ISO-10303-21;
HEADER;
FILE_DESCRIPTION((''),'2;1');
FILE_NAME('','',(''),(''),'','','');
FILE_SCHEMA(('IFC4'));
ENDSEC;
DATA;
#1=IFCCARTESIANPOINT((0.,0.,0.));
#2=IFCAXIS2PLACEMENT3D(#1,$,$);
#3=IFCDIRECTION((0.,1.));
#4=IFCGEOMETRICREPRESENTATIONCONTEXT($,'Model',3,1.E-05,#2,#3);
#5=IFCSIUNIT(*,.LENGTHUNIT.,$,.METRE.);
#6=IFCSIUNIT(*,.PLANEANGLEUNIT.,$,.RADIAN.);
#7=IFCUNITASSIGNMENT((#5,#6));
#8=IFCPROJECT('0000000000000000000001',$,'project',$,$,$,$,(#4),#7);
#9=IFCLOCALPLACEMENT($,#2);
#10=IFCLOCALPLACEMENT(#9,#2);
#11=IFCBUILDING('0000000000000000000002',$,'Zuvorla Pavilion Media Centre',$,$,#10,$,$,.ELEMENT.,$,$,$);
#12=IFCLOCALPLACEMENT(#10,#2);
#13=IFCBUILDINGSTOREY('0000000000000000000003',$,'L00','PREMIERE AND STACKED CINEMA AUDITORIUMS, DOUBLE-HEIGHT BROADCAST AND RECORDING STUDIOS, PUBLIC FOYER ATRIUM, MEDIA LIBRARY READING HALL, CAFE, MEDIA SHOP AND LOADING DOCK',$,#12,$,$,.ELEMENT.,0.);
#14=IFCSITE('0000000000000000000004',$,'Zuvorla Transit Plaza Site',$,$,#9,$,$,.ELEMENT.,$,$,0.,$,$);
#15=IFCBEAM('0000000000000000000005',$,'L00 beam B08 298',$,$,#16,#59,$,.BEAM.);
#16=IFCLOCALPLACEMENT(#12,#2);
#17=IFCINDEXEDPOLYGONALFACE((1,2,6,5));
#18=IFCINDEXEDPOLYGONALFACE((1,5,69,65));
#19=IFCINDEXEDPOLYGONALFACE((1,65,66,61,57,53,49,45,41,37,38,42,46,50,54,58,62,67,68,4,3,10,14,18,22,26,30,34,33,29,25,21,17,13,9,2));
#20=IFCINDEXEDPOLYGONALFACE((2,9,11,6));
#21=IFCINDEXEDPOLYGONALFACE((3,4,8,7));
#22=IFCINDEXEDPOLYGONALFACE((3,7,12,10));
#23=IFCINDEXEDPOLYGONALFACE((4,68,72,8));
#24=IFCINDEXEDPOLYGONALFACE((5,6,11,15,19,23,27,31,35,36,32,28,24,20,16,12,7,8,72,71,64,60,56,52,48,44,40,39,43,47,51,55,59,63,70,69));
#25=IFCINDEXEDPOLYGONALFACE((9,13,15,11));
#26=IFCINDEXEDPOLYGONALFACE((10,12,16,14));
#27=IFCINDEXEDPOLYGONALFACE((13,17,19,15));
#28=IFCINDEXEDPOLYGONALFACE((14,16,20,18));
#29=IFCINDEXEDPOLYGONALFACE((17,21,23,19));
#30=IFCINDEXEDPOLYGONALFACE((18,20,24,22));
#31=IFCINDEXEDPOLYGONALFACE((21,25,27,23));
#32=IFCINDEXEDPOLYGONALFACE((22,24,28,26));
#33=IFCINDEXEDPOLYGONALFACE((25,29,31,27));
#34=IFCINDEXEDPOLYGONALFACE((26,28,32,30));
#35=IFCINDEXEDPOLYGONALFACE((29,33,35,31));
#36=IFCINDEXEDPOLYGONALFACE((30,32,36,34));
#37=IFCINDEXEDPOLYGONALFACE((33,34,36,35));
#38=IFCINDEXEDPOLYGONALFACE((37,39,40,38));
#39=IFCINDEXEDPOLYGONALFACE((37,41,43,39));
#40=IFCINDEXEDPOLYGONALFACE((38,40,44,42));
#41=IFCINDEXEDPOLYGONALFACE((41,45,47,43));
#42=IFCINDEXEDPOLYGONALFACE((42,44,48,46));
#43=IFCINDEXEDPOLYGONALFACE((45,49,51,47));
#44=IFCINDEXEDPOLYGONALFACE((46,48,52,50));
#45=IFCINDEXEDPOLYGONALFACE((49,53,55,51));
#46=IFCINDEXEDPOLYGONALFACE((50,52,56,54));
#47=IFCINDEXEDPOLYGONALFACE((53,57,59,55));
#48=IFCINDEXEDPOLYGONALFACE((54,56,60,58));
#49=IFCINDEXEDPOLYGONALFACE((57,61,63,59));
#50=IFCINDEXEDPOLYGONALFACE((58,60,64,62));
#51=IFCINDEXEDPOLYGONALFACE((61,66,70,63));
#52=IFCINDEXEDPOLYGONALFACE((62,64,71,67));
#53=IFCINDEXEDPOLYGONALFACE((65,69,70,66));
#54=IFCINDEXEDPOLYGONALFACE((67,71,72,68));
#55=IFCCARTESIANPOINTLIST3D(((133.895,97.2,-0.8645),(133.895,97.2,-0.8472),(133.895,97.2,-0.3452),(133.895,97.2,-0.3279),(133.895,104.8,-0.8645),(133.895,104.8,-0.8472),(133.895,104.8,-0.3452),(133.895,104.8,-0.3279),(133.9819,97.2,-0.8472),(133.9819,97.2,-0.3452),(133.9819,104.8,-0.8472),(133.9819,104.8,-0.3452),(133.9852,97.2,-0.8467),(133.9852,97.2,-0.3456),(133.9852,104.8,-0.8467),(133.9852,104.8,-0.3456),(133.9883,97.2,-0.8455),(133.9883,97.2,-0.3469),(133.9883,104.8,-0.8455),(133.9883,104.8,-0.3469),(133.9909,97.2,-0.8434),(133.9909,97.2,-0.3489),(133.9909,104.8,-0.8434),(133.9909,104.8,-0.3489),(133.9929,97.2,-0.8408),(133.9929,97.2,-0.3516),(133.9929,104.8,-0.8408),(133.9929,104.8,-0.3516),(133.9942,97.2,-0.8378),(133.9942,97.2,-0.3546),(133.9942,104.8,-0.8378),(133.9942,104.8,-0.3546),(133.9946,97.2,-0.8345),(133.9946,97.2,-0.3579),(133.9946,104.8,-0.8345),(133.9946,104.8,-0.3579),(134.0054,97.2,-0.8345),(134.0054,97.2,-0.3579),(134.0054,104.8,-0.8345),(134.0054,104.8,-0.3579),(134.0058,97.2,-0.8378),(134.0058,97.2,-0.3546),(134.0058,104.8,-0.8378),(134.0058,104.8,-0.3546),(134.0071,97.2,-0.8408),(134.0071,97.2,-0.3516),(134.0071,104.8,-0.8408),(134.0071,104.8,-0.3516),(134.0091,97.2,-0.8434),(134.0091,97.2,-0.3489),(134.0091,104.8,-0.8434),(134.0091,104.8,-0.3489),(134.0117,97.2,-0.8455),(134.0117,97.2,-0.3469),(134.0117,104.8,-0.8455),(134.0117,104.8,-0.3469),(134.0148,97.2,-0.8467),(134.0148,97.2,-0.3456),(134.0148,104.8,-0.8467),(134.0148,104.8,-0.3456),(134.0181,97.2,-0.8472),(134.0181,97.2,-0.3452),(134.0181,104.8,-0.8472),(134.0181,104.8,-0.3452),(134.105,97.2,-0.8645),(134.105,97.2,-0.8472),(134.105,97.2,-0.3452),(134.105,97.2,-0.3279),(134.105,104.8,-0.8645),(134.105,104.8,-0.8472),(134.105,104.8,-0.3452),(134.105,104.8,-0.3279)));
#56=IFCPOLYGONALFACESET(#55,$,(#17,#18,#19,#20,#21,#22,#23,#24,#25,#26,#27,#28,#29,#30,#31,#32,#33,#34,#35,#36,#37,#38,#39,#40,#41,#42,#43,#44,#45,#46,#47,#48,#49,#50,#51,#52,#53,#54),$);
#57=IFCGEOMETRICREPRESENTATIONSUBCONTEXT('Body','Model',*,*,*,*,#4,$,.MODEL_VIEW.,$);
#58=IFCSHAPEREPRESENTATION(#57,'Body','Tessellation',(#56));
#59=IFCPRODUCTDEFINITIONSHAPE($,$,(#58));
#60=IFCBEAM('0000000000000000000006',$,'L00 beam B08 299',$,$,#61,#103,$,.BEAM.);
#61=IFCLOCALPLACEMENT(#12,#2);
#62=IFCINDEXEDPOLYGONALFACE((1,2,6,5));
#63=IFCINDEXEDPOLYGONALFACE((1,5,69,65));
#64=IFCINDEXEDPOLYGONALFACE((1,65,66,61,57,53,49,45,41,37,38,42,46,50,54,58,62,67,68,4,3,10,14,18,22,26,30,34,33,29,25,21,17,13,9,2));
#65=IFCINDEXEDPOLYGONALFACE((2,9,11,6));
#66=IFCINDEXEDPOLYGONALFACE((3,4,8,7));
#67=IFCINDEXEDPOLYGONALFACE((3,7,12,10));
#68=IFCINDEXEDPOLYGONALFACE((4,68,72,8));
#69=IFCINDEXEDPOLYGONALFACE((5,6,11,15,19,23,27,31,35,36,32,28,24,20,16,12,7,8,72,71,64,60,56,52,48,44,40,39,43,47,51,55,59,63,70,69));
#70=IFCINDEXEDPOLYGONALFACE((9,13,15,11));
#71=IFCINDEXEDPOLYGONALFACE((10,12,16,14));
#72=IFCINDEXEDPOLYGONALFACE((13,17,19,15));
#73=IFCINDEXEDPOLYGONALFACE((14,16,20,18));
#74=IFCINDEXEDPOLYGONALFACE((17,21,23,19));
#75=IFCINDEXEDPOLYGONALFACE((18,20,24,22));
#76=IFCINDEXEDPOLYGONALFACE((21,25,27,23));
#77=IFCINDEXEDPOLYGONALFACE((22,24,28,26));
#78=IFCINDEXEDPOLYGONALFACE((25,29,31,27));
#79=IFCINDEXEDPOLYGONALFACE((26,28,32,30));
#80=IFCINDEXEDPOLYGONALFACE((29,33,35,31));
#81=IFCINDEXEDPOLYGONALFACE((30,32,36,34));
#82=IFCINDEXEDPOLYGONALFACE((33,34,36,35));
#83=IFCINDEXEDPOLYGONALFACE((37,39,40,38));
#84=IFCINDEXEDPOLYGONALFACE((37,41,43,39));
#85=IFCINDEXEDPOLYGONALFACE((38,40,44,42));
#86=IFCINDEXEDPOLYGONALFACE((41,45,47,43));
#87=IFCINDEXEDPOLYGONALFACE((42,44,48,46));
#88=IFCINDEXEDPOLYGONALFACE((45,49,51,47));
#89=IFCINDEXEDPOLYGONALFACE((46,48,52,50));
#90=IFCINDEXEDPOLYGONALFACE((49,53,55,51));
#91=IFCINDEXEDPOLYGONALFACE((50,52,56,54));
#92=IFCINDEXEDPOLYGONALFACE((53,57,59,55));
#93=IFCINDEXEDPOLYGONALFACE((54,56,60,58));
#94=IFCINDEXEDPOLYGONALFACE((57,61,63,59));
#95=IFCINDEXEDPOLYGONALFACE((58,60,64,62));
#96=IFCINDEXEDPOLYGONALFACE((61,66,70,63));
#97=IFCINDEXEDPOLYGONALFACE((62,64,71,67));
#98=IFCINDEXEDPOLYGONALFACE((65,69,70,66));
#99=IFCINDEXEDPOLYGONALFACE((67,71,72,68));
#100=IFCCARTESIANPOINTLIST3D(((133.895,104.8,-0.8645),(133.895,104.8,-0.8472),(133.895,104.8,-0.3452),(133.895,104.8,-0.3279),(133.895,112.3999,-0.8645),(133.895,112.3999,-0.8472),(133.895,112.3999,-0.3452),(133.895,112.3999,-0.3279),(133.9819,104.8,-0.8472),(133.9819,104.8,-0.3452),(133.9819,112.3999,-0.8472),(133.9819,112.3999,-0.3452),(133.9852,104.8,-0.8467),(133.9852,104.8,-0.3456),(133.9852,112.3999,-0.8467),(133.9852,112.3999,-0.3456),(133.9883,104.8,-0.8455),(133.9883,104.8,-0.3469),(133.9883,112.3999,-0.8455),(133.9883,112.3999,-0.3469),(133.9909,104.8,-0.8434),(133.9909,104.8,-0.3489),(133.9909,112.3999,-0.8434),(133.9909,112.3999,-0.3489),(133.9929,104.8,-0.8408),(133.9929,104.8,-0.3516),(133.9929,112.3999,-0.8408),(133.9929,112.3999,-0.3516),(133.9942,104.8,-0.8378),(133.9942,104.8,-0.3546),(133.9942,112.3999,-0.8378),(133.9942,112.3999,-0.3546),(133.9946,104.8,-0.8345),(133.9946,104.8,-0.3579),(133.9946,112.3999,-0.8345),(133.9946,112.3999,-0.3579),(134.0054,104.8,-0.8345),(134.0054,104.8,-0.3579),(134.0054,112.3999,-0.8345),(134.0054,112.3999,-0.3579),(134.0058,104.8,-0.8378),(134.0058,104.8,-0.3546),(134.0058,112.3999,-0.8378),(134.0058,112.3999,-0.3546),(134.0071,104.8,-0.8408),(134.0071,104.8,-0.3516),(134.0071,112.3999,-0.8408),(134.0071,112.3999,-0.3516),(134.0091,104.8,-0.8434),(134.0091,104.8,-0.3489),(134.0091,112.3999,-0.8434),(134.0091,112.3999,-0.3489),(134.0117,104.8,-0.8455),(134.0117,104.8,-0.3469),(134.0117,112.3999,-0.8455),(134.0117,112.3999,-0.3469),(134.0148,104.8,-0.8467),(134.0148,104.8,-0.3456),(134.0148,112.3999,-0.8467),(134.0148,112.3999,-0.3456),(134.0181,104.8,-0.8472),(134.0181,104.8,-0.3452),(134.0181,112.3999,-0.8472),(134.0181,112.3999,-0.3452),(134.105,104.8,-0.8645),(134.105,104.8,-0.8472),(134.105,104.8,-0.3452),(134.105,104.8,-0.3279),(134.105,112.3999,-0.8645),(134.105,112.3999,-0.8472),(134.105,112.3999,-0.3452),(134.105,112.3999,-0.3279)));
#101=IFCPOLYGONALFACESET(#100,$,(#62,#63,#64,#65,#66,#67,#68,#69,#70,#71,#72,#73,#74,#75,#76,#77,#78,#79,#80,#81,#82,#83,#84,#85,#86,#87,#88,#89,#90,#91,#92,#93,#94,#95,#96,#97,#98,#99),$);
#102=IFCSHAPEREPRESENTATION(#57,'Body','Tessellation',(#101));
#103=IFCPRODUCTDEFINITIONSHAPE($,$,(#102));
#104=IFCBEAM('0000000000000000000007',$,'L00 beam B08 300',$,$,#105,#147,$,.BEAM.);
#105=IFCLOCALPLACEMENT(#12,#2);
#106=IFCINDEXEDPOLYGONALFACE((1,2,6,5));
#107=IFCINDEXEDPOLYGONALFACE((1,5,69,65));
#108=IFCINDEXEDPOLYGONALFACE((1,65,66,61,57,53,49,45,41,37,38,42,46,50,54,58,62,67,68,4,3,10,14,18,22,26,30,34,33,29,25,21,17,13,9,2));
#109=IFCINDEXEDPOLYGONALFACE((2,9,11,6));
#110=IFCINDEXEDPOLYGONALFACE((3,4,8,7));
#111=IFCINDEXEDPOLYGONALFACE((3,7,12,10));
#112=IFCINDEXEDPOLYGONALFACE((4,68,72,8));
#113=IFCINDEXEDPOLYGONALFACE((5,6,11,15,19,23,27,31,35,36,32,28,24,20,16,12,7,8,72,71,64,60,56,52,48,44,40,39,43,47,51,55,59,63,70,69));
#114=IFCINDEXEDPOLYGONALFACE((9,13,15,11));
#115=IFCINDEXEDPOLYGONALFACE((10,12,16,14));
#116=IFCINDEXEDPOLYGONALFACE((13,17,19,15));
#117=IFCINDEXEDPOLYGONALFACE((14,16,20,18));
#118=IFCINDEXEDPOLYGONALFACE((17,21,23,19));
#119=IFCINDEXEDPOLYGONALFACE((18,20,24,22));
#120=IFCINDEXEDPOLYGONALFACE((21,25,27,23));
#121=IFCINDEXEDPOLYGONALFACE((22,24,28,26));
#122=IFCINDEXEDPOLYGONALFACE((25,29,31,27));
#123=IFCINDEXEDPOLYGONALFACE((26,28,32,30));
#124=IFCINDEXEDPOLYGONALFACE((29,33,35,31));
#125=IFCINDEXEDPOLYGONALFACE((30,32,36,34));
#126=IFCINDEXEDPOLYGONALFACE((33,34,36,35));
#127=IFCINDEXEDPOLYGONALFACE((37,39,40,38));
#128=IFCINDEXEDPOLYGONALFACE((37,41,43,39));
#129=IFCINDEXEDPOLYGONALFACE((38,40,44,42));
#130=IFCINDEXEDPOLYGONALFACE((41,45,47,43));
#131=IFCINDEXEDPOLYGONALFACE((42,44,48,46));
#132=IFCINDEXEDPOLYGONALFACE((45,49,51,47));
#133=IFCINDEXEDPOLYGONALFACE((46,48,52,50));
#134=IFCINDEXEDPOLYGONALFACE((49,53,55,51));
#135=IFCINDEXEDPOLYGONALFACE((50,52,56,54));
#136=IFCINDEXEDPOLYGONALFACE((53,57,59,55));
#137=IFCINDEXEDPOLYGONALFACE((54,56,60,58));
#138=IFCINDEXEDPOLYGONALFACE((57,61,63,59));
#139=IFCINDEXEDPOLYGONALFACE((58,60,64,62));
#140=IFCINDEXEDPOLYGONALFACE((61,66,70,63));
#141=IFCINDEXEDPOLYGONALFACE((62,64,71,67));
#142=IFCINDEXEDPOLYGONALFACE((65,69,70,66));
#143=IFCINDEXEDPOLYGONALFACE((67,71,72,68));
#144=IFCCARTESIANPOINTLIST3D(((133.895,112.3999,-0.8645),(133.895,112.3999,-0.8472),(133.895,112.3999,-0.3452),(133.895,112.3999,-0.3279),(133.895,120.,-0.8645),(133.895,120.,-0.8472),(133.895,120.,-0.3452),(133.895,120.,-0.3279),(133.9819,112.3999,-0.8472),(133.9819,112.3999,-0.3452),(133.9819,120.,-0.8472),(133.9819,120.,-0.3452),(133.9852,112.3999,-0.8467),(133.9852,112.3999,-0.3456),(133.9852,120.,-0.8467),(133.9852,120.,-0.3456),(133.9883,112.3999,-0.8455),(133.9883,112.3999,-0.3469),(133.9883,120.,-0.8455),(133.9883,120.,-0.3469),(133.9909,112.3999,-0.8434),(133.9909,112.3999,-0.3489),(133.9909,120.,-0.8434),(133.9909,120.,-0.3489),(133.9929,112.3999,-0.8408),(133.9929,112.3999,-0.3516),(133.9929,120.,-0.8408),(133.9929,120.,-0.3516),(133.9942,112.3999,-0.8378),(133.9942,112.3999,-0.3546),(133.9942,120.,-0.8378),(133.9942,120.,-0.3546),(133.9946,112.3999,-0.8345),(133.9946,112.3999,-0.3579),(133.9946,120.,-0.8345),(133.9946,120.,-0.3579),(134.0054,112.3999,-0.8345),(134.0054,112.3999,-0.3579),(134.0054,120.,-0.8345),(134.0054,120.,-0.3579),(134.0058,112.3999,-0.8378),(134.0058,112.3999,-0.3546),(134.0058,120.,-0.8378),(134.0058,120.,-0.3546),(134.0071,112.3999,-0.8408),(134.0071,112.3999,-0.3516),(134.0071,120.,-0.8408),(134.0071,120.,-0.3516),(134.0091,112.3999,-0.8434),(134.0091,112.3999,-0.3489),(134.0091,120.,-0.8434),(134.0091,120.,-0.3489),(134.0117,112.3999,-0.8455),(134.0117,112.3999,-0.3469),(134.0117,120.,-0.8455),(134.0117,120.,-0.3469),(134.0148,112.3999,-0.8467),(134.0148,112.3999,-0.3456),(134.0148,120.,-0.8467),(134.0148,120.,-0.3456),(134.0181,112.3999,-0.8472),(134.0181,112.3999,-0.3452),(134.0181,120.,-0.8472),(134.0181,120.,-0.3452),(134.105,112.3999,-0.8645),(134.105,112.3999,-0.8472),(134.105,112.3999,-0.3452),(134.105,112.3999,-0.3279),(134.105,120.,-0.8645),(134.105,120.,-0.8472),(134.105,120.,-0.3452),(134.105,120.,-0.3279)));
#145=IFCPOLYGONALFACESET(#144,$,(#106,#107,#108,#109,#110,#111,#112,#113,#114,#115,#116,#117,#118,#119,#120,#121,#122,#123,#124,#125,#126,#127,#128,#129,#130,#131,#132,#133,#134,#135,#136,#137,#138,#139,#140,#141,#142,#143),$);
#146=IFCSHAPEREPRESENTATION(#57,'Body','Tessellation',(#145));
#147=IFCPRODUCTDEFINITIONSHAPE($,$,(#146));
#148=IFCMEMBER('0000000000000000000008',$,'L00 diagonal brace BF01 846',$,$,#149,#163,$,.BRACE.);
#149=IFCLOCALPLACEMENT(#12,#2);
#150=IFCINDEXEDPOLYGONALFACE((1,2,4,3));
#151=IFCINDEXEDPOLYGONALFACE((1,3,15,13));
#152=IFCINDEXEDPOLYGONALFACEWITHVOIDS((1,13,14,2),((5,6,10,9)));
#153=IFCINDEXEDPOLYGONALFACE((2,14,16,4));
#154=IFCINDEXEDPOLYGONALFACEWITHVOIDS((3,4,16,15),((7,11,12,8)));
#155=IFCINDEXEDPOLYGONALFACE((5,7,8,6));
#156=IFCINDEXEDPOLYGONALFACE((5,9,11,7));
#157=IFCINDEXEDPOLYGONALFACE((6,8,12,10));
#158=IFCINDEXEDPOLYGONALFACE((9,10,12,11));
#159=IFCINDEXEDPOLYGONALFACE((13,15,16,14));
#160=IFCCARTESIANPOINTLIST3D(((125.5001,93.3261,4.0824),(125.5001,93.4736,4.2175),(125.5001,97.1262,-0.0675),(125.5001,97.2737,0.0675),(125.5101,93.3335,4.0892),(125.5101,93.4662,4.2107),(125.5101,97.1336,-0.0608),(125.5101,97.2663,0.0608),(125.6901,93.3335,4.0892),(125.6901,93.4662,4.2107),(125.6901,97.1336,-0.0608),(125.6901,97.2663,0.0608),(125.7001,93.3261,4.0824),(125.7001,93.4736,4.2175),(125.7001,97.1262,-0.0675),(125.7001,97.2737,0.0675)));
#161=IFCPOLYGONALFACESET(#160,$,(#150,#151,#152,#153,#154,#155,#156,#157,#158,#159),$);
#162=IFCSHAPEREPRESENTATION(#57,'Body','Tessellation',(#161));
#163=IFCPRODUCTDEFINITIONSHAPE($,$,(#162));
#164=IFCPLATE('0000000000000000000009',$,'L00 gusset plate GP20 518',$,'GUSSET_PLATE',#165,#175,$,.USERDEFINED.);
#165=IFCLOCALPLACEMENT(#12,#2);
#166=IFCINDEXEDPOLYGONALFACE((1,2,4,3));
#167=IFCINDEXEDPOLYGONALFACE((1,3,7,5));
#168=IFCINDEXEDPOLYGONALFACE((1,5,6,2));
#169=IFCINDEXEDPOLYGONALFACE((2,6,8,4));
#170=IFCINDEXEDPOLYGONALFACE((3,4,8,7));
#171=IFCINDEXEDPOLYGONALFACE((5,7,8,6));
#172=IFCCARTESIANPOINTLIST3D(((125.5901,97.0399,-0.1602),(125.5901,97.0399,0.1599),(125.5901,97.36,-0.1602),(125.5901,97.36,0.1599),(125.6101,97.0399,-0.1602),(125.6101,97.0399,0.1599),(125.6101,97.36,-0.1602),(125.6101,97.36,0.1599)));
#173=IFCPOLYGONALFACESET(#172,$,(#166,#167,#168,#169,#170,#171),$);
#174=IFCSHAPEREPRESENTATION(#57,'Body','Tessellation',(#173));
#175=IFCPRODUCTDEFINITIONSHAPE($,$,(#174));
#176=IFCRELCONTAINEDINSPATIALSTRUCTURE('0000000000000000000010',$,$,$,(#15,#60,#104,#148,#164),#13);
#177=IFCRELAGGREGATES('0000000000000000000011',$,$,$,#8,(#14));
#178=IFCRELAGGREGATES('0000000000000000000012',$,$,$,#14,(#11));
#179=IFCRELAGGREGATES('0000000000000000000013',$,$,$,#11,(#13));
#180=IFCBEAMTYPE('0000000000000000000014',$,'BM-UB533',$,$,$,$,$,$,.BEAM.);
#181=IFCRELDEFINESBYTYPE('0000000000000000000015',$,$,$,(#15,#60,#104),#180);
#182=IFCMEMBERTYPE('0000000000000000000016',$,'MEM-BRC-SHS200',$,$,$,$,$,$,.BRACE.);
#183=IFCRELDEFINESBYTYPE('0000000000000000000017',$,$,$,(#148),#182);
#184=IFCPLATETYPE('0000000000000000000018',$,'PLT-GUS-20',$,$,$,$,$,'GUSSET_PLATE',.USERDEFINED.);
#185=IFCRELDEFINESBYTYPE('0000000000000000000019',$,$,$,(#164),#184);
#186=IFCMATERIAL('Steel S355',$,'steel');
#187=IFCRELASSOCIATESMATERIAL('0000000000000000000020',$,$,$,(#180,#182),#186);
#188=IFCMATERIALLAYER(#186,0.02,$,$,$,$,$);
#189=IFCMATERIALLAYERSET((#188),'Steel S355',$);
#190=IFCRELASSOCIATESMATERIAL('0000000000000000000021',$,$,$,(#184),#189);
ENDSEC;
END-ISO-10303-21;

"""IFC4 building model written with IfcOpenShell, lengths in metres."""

from ifc_helpers import new_model, si_unit, direction, frame, origin, origin_2d, place, context, subcontext, project, spatial, rectangle, hollow_rectangle, i_section, extrude, material, layer, layer_set, material_profile, profile_set, type_object, element, save


model = new_model("IFC4")

# Units and contexts
model_context = context("Model", 3, precision=1e-05, world=origin(), true_north=direction((0.0, 1.0)))
body_context = subcontext(model_context, "Body", "Model", "MODEL_VIEW")
ifc_project = project(units=[si_unit("LENGTHUNIT", "METRE"), si_unit("PLANEANGLEUNIT", "RADIAN")], contexts=[model_context])

# Site, building, storey
site_placement = place(None, origin())
site = spatial("IfcSite", under=ifc_project, at=site_placement, Name="Zuvorla Transit Plaza Site", CompositionType="ELEMENT", RefElevation=0.0)
building_placement = place(site_placement, origin())
building = spatial("IfcBuilding", under=site, at=building_placement, Name="Zuvorla Pavilion Media Centre", CompositionType="ELEMENT")
storey_placement = place(building_placement, origin())
storey = spatial("IfcBuildingStorey", under=building, at=storey_placement, Name="L00", Description="PREMIERE AND STACKED CINEMA AUDITORIUMS, DOUBLE-HEIGHT BROADCAST AND RECORDING STUDIOS, PUBLIC FOYER ATRIUM, MEDIA LIBRARY READING HALL, CAFE, MEDIA SHOP AND LOADING DOCK", CompositionType="ELEMENT", Elevation=0.0)

# Beams
ifc_material_1 = material(Name="Steel S355", Category="steel")
ifc_material_profile_1 = material_profile(ifc_material_1, i_section(OverallWidth=0.21, OverallDepth=0.5366, WebThickness=0.0107, FlangeThickness=0.0173, FilletRadius=0.0127, at=origin_2d()), Name="UB 533x210x101")
ifc_profile_set_1 = profile_set([ifc_material_profile_1], Name="Steel S355")
beam_type_1 = type_object("IfcBeamType", Name="BM-UB533", PredefinedType="BEAM", material=ifc_profile_set_1)
for number, where, z_axis, x_axis, name in (
    (1, (134.0, 97.2, -0.5962), (0.0, 1.0, 0.0), (-1.0, 0.0, 0.0), "L00 beam B08 298"),
):
    element("IfcBeam", number, at=place(storey_placement, frame(where, z_axis=z_axis, x_axis=x_axis)), inside=storey, type_object=beam_type_1, Name=name, PredefinedType="BEAM", context=body_context, shape_type="SweptSolid", body=[
        extrude(i_section(OverallWidth=0.21, OverallDepth=0.5366, WebThickness=0.0107, FlangeThickness=0.0173, FilletRadius=0.0127, at=origin_2d()), origin(), (0.0, 0.0, 1.0), 7.6001),
    ])
beam_1_placement = place(storey_placement, frame((134.0, 104.8, -0.5962), z_axis=(0.0, 1.0, 0.0), x_axis=(-1.0, 0.0, 0.0)))
element("IfcBeam", 2, at=beam_1_placement, inside=storey, type_object=beam_type_1, Name="L00 beam B08 299", PredefinedType="BEAM", context=body_context, shape_type="SweptSolid", body=[
    extrude(i_section(OverallWidth=0.21, OverallDepth=0.5366, WebThickness=0.0107, FlangeThickness=0.0173, FilletRadius=0.0127, at=origin_2d()), origin(), (0.0, 0.0, 1.0), 7.5999),
])
beam_2_placement = place(storey_placement, frame((134.0, 112.3999, -0.5962), z_axis=(0.0, 1.0, 0.0), x_axis=(-1.0, 0.0, 0.0)))
element("IfcBeam", 3, at=beam_2_placement, inside=storey, type_object=beam_type_1, Name="L00 beam B08 300", PredefinedType="BEAM", context=body_context, shape_type="SweptSolid", body=[
    extrude(i_section(OverallWidth=0.21, OverallDepth=0.5366, WebThickness=0.0107, FlangeThickness=0.0173, FilletRadius=0.0127, at=origin_2d()), origin(), (0.0, 0.0, 1.0), 7.6001),
])

# Member
ifc_material_profile_2 = material_profile(ifc_material_1, hollow_rectangle(XDim=0.2, YDim=0.2, WallThickness=0.01, at=origin_2d()), Name="SHS 200x200x10")
ifc_profile_set_2 = profile_set([ifc_material_profile_2], Name="Steel S355")
member_type = type_object("IfcMemberType", Name="MEM-BRC-SHS200", PredefinedType="BRACE", material=ifc_profile_set_2)
member_placement = place(storey_placement, frame((125.6001, 97.2, 0.0), z_axis=(0.0, -0.675336, 0.737511), x_axis=(1.0, 0.0, 0.0)))
element("IfcMember", 4, at=member_placement, inside=storey, type_object=member_type, Name="L00 diagonal brace BF01 846", PredefinedType="BRACE", context=body_context, shape_type="SweptSolid", body=[
    extrude(hollow_rectangle(XDim=0.2, YDim=0.2, WallThickness=0.01, at=origin_2d()), origin(), (0.0, 0.0, 1.0), 5.627),
])

# Plate
ifc_layer_1 = layer(ifc_material_1, 0.02)
ifc_layer_set_1 = layer_set([ifc_layer_1], Name="Steel S355")
plate_type = type_object("IfcPlateType", Name="PLT-GUS-20", ElementType="GUSSET_PLATE", PredefinedType="USERDEFINED", material=ifc_layer_set_1)
plate_placement = place(storey_placement, frame((125.6001, 97.2, -0.1602), z_axis=(0.0, 0.0, 1.0), x_axis=(1.0, 0.0, 0.0)))
element("IfcPlate", 5, at=plate_placement, inside=storey, type_object=plate_type, Name="L00 gusset plate GP20 518", ObjectType="GUSSET_PLATE", PredefinedType="USERDEFINED", context=body_context, shape_type="SweptSolid", body=[
    extrude(rectangle(XDim=0.02, YDim=0.3201, at=origin_2d()), origin(), (0.0, 0.0, 1.0), 0.3201),
])

save(model, "model.ifc")
